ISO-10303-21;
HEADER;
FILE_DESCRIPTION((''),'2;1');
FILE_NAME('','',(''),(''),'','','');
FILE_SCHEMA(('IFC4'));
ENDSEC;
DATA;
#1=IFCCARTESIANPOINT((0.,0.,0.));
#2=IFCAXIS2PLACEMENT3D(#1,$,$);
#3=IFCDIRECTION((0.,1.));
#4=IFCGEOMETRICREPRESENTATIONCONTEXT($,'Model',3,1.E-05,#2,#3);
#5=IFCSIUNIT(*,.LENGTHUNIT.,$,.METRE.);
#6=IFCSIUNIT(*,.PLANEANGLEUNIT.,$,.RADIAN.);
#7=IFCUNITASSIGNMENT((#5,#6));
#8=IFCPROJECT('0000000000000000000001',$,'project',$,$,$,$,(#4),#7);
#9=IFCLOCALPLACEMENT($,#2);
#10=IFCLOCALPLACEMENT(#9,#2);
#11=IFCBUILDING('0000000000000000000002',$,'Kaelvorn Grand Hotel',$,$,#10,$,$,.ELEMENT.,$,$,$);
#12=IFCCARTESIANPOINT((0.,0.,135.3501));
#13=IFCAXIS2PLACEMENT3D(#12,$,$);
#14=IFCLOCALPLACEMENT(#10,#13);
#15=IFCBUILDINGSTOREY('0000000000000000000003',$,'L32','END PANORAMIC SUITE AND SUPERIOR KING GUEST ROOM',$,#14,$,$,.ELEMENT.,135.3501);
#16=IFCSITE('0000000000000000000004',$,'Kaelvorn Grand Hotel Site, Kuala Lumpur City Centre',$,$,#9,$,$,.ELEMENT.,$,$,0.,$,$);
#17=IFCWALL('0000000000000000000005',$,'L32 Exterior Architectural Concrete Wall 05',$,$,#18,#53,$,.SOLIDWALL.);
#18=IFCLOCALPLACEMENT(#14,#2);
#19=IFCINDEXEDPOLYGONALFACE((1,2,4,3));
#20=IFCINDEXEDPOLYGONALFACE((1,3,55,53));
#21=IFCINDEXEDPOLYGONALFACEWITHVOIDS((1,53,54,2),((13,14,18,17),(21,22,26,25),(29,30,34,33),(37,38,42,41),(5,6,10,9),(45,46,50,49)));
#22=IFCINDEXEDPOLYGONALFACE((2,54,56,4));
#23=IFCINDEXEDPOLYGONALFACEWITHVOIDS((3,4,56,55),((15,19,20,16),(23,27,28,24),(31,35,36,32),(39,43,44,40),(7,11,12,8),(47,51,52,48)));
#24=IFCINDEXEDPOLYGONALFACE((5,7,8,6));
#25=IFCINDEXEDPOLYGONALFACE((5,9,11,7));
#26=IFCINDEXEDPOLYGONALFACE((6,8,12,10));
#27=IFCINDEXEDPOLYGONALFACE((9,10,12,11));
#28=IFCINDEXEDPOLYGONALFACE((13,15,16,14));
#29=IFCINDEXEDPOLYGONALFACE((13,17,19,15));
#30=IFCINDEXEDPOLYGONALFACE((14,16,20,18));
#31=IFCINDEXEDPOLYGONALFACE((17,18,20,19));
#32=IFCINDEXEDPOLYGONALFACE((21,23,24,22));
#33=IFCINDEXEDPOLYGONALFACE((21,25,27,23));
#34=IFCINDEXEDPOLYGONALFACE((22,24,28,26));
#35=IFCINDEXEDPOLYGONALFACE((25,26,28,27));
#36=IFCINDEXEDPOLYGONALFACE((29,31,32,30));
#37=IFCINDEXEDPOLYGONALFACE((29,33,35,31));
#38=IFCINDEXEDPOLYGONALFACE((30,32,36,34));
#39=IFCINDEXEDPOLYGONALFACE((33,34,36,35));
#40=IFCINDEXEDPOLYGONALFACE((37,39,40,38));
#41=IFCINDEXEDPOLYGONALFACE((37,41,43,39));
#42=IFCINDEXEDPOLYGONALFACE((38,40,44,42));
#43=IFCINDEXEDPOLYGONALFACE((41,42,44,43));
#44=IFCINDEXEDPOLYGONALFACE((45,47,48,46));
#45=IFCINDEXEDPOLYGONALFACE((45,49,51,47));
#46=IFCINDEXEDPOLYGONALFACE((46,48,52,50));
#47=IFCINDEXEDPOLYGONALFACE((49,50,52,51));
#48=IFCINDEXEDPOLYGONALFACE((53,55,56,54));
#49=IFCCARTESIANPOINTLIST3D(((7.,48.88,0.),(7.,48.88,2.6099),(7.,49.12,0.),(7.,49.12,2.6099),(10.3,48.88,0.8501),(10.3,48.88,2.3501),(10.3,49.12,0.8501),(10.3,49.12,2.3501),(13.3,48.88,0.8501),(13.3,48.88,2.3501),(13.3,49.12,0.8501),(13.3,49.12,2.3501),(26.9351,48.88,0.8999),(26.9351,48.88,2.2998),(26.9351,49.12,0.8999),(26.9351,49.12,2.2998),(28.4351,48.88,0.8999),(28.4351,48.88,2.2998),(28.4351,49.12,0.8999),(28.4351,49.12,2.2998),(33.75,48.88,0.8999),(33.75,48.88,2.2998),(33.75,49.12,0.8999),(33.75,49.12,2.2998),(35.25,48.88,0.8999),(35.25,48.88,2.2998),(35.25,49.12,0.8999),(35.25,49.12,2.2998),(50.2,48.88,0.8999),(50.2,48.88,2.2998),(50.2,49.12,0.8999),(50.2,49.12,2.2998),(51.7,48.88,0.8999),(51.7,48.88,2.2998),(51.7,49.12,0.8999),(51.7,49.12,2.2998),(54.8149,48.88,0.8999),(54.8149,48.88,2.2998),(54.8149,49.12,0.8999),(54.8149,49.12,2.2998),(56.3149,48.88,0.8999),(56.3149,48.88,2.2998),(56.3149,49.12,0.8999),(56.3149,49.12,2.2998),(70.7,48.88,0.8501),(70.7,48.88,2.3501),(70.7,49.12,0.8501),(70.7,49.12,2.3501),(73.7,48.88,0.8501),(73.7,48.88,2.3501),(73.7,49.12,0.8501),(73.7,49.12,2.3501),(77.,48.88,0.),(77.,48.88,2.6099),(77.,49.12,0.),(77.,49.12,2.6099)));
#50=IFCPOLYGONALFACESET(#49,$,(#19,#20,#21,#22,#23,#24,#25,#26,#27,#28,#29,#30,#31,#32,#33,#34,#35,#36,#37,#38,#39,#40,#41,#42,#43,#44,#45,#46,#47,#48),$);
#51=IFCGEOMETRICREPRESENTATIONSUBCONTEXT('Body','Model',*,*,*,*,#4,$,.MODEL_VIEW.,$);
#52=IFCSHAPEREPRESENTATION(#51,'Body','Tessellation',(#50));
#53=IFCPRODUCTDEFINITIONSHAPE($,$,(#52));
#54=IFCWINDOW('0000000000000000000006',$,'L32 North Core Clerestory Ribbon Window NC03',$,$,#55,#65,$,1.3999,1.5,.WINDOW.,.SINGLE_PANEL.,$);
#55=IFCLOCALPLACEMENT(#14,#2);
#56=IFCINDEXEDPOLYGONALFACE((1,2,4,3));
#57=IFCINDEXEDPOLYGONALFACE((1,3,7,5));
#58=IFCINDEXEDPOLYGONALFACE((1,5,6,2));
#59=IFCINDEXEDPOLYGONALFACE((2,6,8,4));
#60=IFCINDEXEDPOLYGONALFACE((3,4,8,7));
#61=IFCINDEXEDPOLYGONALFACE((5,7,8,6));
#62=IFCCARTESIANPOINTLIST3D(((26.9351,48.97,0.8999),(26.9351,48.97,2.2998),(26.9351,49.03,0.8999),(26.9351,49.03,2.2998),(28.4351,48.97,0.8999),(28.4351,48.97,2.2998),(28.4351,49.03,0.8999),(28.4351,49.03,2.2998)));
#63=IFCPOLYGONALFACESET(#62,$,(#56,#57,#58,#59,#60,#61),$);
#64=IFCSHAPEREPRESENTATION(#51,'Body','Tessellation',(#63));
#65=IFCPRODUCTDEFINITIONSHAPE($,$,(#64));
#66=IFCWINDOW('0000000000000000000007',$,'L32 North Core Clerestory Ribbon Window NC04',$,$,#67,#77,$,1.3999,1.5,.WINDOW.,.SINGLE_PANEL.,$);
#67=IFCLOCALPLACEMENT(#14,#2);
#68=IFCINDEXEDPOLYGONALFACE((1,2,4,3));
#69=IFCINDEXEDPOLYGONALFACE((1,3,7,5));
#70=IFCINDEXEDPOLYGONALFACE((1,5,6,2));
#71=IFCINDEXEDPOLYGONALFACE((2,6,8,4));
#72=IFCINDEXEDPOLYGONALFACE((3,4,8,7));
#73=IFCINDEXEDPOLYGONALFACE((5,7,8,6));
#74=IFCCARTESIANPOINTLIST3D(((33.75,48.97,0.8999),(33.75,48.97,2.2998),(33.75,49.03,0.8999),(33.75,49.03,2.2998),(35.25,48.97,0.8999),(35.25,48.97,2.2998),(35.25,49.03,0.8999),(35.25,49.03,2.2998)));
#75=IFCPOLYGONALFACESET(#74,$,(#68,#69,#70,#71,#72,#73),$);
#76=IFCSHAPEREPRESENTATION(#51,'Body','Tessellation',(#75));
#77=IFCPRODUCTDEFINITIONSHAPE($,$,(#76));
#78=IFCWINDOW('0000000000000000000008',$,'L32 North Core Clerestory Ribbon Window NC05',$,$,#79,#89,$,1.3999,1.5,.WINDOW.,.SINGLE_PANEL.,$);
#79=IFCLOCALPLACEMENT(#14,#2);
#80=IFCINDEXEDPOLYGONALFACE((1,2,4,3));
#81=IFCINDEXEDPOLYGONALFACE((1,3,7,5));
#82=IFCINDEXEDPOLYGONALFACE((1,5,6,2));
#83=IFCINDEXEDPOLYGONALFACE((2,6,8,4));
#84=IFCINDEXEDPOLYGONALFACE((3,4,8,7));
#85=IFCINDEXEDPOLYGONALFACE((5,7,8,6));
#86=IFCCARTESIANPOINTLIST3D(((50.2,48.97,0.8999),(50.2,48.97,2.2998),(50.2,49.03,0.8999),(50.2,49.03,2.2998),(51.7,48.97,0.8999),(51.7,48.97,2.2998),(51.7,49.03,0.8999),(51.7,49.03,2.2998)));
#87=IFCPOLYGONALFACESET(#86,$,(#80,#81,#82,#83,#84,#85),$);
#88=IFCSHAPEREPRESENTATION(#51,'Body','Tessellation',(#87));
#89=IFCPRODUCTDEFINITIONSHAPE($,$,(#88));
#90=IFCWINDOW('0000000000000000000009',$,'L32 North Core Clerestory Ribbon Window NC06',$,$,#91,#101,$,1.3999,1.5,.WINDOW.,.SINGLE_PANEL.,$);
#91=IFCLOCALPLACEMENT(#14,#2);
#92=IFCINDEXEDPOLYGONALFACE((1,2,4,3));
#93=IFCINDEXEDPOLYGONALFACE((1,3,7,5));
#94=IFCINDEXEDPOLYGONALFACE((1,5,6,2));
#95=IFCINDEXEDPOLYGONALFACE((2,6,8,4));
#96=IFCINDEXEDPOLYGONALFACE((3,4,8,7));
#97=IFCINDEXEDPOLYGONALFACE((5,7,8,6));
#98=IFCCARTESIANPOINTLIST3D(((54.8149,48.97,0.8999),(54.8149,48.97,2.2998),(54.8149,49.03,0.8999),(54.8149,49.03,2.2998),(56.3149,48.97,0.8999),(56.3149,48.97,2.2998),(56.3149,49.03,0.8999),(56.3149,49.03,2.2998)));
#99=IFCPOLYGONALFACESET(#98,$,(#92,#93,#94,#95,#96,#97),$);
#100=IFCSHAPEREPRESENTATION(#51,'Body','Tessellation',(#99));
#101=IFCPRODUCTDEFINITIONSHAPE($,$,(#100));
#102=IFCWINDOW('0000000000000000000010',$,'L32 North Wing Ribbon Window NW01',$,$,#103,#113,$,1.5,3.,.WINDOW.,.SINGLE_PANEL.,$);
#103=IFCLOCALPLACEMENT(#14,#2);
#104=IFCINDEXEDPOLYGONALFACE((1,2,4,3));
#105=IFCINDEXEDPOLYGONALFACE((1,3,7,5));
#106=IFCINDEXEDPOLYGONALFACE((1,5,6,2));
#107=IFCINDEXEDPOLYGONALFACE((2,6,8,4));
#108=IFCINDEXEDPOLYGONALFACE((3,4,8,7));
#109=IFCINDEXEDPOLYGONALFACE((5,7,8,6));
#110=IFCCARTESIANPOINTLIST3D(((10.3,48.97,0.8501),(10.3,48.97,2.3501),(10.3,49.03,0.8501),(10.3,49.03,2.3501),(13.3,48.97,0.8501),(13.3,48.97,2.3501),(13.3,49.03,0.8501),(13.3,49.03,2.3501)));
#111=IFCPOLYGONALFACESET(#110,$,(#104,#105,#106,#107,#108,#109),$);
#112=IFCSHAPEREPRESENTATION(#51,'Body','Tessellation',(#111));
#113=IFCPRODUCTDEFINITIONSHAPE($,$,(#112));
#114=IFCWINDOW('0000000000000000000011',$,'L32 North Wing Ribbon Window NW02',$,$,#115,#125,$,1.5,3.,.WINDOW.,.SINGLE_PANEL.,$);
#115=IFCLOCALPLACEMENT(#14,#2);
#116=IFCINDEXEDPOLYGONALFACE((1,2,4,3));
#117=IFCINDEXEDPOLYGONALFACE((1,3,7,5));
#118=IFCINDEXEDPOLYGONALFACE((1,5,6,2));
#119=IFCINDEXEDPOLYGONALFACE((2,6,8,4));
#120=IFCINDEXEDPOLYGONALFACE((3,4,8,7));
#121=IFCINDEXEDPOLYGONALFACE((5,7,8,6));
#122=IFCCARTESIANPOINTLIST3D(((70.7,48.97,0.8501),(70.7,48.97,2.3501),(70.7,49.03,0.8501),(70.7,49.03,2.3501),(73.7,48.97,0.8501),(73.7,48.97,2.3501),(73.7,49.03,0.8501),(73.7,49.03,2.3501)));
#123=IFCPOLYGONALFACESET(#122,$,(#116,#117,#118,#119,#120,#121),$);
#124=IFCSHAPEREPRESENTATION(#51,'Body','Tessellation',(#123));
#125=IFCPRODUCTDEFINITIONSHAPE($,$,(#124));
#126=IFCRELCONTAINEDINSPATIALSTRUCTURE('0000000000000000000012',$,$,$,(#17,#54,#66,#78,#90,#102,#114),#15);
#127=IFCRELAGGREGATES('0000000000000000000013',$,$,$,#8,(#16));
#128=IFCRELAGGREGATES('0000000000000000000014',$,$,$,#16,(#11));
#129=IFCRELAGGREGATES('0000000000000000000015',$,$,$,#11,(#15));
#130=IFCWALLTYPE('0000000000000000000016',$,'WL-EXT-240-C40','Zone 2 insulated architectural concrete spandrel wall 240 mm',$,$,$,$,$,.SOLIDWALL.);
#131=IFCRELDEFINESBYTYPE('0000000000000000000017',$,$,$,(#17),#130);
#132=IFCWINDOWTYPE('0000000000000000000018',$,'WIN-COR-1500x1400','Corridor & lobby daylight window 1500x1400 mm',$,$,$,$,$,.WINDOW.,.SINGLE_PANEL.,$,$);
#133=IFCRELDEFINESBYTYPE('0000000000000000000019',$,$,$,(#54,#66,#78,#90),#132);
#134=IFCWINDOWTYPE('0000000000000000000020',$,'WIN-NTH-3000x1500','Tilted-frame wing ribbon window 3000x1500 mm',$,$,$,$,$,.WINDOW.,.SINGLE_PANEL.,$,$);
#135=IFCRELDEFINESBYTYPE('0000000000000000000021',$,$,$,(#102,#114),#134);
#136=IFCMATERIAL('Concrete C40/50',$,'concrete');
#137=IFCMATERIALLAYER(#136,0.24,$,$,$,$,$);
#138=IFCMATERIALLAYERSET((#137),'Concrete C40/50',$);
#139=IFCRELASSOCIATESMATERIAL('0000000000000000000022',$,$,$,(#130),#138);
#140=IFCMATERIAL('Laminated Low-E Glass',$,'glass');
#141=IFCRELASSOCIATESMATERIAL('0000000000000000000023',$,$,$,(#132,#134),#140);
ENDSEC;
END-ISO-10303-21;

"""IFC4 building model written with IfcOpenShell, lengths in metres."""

from ifc_helpers import new_model, si_unit, direction, frame, frame_2d, origin, place, context, subcontext, project, spatial, rectangle, extrude, material, layer, layer_set, type_object, element, fill, save


model = new_model("IFC4")

# Units and contexts
model_context = context("Model", 3, precision=1e-05, world=origin(), true_north=direction((0.0, 1.0)))
body_context = subcontext(model_context, "Body", "Model", "MODEL_VIEW")
ifc_project = project(units=[si_unit("LENGTHUNIT", "METRE"), si_unit("PLANEANGLEUNIT", "RADIAN")], contexts=[model_context])

# Site, building, storey
site_placement = place(None, origin())
site = spatial("IfcSite", under=ifc_project, at=site_placement, Name="Kaelvorn Grand Hotel Site, Kuala Lumpur City Centre", CompositionType="ELEMENT", RefElevation=0.0)
building_placement = place(site_placement, origin())
building = spatial("IfcBuilding", under=site, at=building_placement, Name="Kaelvorn Grand Hotel", CompositionType="ELEMENT")
storey_placement = place(building_placement, frame((0.0, 0.0, 135.3501)))
storey = spatial("IfcBuildingStorey", under=building, at=storey_placement, Name="L32", Description="END PANORAMIC SUITE AND SUPERIOR KING GUEST ROOM", CompositionType="ELEMENT", Elevation=135.3501)

# Shared definitions
ifc_material_1 = material(Name="Concrete C40/50", Category="concrete")
ifc_layer_1 = layer(ifc_material_1, 0.24)
ifc_layer_set_1 = layer_set([ifc_layer_1], Name="Concrete C40/50")
wall_type = type_object("IfcWallType", Name="WL-EXT-240-C40", Description="Zone 2 insulated architectural concrete spandrel wall 240 mm", PredefinedType="SOLIDWALL", material=ifc_layer_set_1)
ifc_material_2 = material(Name="Laminated Low-E Glass", Category="glass")

# Wall, openings, windows
wall_1_placement = place(storey_placement, frame((77.0, 49.0, 0.0), z_axis=(0.0, 0.0, 1.0), x_axis=(-1.0, 0.0, 0.0)))
wall_1 = element("IfcWall", 1, at=wall_1_placement, inside=storey, type_object=wall_type, Name="L32 Exterior Architectural Concrete Wall 05", PredefinedType="SOLIDWALL", context=body_context, shape_type="SweptSolid", body=[
    extrude(rectangle(XDim=70.0, YDim=0.24, at=frame_2d((35.0, 0.0))), origin(), (0.0, 0.0, 1.0), 2.6099),
])
opening_1_placement = place(wall_1_placement, frame((63.7, 0.0, 0.8501)))
opening_1 = element("IfcOpeningElement", 2, at=opening_1_placement, cuts=wall_1, PredefinedType="OPENING", context=body_context, shape_type="SweptSolid", body=[
    extrude(rectangle(XDim=3.0, YDim=1.5, at=frame_2d((1.5, 0.75))), frame((0.0, 0.1299, 0.0), z_axis=(0.0, -1.0, 0.0), x_axis=(1.0, 0.0, 0.0)), (0.0, 0.0, 1.0), 0.26),
])
opening_2_placement = place(wall_1_placement, frame((3.3, 0.0, 0.8501)))
opening_2 = element("IfcOpeningElement", 3, at=opening_2_placement, cuts=wall_1, PredefinedType="OPENING", context=body_context, shape_type="SweptSolid", body=[
    extrude(rectangle(XDim=3.0, YDim=1.5, at=frame_2d((1.5, 0.75))), frame((0.0, 0.1299, 0.0), z_axis=(0.0, -1.0, 0.0), x_axis=(1.0, 0.0, 0.0)), (0.0, 0.0, 1.0), 0.26),
])
opening_3_placement = place(wall_1_placement, frame((48.5649, 0.0, 0.8999)))
opening_3 = element("IfcOpeningElement", 4, at=opening_3_placement, cuts=wall_1, PredefinedType="OPENING", context=body_context, shape_type="SweptSolid", body=[
    extrude(rectangle(XDim=1.5, YDim=1.3999, at=frame_2d((0.75, 0.7))), frame((0.0, 0.1299, 0.0), z_axis=(0.0, -1.0, 0.0), x_axis=(1.0, 0.0, 0.0)), (0.0, 0.0, 1.0), 0.26),
])
opening_4_placement = place(wall_1_placement, frame((41.75, 0.0, 0.8999)))
opening_4 = element("IfcOpeningElement", 5, at=opening_4_placement, cuts=wall_1, PredefinedType="OPENING", context=body_context, shape_type="SweptSolid", body=[
    extrude(rectangle(XDim=1.5, YDim=1.3999, at=frame_2d((0.75, 0.7))), frame((0.0, 0.1299, 0.0), z_axis=(0.0, -1.0, 0.0), x_axis=(1.0, 0.0, 0.0)), (0.0, 0.0, 1.0), 0.26),
])
opening_5_placement = place(wall_1_placement, frame((25.3, 0.0, 0.8999)))
opening_5 = element("IfcOpeningElement", 6, at=opening_5_placement, cuts=wall_1, PredefinedType="OPENING", context=body_context, shape_type="SweptSolid", body=[
    extrude(rectangle(XDim=1.5, YDim=1.3999, at=frame_2d((0.75, 0.7))), frame((0.0, 0.1299, 0.0), z_axis=(0.0, -1.0, 0.0), x_axis=(1.0, 0.0, 0.0)), (0.0, 0.0, 1.0), 0.26),
])
opening_6_placement = place(wall_1_placement, frame((20.6851, 0.0, 0.8999)))
opening_6 = element("IfcOpeningElement", 7, at=opening_6_placement, cuts=wall_1, PredefinedType="OPENING", context=body_context, shape_type="SweptSolid", body=[
    extrude(rectangle(XDim=1.5, YDim=1.3999, at=frame_2d((0.75, 0.7))), frame((0.0, 0.1299, 0.0), z_axis=(0.0, -1.0, 0.0), x_axis=(1.0, 0.0, 0.0)), (0.0, 0.0, 1.0), 0.26),
])
window_type_1 = type_object("IfcWindowType", Name="WIN-COR-1500x1400", Description="Corridor & lobby daylight window 1500x1400 mm", PartitioningType="SINGLE_PANEL", PredefinedType="WINDOW", material=ifc_material_2)
window_1_placement = place(opening_3_placement, origin())
window_1 = element("IfcWindow", 8, at=window_1_placement, inside=storey, type_object=window_type_1, Name="L32 North Core Clerestory Ribbon Window NC03", OverallHeight=1.3999, OverallWidth=1.5, PartitioningType="SINGLE_PANEL", PredefinedType="WINDOW", context=body_context, shape_type="SweptSolid", body=[
    extrude(rectangle(XDim=1.5, YDim=1.3999, at=frame_2d((0.75, 0.7))), frame((0.0, 0.03, 0.0), z_axis=(0.0, -1.0, 0.0), x_axis=(1.0, 0.0, 0.0)), (0.0, 0.0, 1.0), 0.0601),
])
fill(opening_3, window_1)
window_2_placement = place(opening_4_placement, origin())
window_2 = element("IfcWindow", 9, at=window_2_placement, inside=storey, type_object=window_type_1, Name="L32 North Core Clerestory Ribbon Window NC04", OverallHeight=1.3999, OverallWidth=1.5, PartitioningType="SINGLE_PANEL", PredefinedType="WINDOW", context=body_context, shape_type="SweptSolid", body=[
    extrude(rectangle(XDim=1.5, YDim=1.3999, at=frame_2d((0.75, 0.7))), frame((0.0, 0.03, 0.0), z_axis=(0.0, -1.0, 0.0), x_axis=(1.0, 0.0, 0.0)), (0.0, 0.0, 1.0), 0.0601),
])
fill(opening_4, window_2)
window_3_placement = place(opening_5_placement, origin())
window_3 = element("IfcWindow", 10, at=window_3_placement, inside=storey, type_object=window_type_1, Name="L32 North Core Clerestory Ribbon Window NC05", OverallHeight=1.3999, OverallWidth=1.5, PartitioningType="SINGLE_PANEL", PredefinedType="WINDOW", context=body_context, shape_type="SweptSolid", body=[
    extrude(rectangle(XDim=1.5, YDim=1.3999, at=frame_2d((0.75, 0.7))), frame((0.0, 0.03, 0.0), z_axis=(0.0, -1.0, 0.0), x_axis=(1.0, 0.0, 0.0)), (0.0, 0.0, 1.0), 0.0601),
])
fill(opening_5, window_3)
window_4_placement = place(opening_6_placement, origin())
window_4 = element("IfcWindow", 11, at=window_4_placement, inside=storey, type_object=window_type_1, Name="L32 North Core Clerestory Ribbon Window NC06", OverallHeight=1.3999, OverallWidth=1.5, PartitioningType="SINGLE_PANEL", PredefinedType="WINDOW", context=body_context, shape_type="SweptSolid", body=[
    extrude(rectangle(XDim=1.5, YDim=1.3999, at=frame_2d((0.75, 0.7))), frame((0.0, 0.03, 0.0), z_axis=(0.0, -1.0, 0.0), x_axis=(1.0, 0.0, 0.0)), (0.0, 0.0, 1.0), 0.0601),
])
fill(opening_6, window_4)
window_type_2 = type_object("IfcWindowType", Name="WIN-NTH-3000x1500", Description="Tilted-frame wing ribbon window 3000x1500 mm", PartitioningType="SINGLE_PANEL", PredefinedType="WINDOW", material=ifc_material_2)
window_5_placement = place(opening_1_placement, origin())
window_5 = element("IfcWindow", 12, at=window_5_placement, inside=storey, type_object=window_type_2, Name="L32 North Wing Ribbon Window NW01", OverallHeight=1.5, OverallWidth=3.0, PartitioningType="SINGLE_PANEL", PredefinedType="WINDOW", context=body_context, shape_type="SweptSolid", body=[
    extrude(rectangle(XDim=3.0, YDim=1.5, at=frame_2d((1.5, 0.75))), frame((0.0, 0.03, 0.0), z_axis=(0.0, -1.0, 0.0), x_axis=(1.0, 0.0, 0.0)), (0.0, 0.0, 1.0), 0.0601),
])
fill(opening_1, window_5)
window_6_placement = place(opening_2_placement, origin())
window_6 = element("IfcWindow", 13, at=window_6_placement, inside=storey, type_object=window_type_2, Name="L32 North Wing Ribbon Window NW02", OverallHeight=1.5, OverallWidth=3.0, PartitioningType="SINGLE_PANEL", PredefinedType="WINDOW", context=body_context, shape_type="SweptSolid", body=[
    extrude(rectangle(XDim=3.0, YDim=1.5, at=frame_2d((1.5, 0.75))), frame((0.0, 0.03, 0.0), z_axis=(0.0, -1.0, 0.0), x_axis=(1.0, 0.0, 0.0)), (0.0, 0.0, 1.0), 0.0601),
])
fill(opening_2, window_6)

save(model, "model.ifc")
